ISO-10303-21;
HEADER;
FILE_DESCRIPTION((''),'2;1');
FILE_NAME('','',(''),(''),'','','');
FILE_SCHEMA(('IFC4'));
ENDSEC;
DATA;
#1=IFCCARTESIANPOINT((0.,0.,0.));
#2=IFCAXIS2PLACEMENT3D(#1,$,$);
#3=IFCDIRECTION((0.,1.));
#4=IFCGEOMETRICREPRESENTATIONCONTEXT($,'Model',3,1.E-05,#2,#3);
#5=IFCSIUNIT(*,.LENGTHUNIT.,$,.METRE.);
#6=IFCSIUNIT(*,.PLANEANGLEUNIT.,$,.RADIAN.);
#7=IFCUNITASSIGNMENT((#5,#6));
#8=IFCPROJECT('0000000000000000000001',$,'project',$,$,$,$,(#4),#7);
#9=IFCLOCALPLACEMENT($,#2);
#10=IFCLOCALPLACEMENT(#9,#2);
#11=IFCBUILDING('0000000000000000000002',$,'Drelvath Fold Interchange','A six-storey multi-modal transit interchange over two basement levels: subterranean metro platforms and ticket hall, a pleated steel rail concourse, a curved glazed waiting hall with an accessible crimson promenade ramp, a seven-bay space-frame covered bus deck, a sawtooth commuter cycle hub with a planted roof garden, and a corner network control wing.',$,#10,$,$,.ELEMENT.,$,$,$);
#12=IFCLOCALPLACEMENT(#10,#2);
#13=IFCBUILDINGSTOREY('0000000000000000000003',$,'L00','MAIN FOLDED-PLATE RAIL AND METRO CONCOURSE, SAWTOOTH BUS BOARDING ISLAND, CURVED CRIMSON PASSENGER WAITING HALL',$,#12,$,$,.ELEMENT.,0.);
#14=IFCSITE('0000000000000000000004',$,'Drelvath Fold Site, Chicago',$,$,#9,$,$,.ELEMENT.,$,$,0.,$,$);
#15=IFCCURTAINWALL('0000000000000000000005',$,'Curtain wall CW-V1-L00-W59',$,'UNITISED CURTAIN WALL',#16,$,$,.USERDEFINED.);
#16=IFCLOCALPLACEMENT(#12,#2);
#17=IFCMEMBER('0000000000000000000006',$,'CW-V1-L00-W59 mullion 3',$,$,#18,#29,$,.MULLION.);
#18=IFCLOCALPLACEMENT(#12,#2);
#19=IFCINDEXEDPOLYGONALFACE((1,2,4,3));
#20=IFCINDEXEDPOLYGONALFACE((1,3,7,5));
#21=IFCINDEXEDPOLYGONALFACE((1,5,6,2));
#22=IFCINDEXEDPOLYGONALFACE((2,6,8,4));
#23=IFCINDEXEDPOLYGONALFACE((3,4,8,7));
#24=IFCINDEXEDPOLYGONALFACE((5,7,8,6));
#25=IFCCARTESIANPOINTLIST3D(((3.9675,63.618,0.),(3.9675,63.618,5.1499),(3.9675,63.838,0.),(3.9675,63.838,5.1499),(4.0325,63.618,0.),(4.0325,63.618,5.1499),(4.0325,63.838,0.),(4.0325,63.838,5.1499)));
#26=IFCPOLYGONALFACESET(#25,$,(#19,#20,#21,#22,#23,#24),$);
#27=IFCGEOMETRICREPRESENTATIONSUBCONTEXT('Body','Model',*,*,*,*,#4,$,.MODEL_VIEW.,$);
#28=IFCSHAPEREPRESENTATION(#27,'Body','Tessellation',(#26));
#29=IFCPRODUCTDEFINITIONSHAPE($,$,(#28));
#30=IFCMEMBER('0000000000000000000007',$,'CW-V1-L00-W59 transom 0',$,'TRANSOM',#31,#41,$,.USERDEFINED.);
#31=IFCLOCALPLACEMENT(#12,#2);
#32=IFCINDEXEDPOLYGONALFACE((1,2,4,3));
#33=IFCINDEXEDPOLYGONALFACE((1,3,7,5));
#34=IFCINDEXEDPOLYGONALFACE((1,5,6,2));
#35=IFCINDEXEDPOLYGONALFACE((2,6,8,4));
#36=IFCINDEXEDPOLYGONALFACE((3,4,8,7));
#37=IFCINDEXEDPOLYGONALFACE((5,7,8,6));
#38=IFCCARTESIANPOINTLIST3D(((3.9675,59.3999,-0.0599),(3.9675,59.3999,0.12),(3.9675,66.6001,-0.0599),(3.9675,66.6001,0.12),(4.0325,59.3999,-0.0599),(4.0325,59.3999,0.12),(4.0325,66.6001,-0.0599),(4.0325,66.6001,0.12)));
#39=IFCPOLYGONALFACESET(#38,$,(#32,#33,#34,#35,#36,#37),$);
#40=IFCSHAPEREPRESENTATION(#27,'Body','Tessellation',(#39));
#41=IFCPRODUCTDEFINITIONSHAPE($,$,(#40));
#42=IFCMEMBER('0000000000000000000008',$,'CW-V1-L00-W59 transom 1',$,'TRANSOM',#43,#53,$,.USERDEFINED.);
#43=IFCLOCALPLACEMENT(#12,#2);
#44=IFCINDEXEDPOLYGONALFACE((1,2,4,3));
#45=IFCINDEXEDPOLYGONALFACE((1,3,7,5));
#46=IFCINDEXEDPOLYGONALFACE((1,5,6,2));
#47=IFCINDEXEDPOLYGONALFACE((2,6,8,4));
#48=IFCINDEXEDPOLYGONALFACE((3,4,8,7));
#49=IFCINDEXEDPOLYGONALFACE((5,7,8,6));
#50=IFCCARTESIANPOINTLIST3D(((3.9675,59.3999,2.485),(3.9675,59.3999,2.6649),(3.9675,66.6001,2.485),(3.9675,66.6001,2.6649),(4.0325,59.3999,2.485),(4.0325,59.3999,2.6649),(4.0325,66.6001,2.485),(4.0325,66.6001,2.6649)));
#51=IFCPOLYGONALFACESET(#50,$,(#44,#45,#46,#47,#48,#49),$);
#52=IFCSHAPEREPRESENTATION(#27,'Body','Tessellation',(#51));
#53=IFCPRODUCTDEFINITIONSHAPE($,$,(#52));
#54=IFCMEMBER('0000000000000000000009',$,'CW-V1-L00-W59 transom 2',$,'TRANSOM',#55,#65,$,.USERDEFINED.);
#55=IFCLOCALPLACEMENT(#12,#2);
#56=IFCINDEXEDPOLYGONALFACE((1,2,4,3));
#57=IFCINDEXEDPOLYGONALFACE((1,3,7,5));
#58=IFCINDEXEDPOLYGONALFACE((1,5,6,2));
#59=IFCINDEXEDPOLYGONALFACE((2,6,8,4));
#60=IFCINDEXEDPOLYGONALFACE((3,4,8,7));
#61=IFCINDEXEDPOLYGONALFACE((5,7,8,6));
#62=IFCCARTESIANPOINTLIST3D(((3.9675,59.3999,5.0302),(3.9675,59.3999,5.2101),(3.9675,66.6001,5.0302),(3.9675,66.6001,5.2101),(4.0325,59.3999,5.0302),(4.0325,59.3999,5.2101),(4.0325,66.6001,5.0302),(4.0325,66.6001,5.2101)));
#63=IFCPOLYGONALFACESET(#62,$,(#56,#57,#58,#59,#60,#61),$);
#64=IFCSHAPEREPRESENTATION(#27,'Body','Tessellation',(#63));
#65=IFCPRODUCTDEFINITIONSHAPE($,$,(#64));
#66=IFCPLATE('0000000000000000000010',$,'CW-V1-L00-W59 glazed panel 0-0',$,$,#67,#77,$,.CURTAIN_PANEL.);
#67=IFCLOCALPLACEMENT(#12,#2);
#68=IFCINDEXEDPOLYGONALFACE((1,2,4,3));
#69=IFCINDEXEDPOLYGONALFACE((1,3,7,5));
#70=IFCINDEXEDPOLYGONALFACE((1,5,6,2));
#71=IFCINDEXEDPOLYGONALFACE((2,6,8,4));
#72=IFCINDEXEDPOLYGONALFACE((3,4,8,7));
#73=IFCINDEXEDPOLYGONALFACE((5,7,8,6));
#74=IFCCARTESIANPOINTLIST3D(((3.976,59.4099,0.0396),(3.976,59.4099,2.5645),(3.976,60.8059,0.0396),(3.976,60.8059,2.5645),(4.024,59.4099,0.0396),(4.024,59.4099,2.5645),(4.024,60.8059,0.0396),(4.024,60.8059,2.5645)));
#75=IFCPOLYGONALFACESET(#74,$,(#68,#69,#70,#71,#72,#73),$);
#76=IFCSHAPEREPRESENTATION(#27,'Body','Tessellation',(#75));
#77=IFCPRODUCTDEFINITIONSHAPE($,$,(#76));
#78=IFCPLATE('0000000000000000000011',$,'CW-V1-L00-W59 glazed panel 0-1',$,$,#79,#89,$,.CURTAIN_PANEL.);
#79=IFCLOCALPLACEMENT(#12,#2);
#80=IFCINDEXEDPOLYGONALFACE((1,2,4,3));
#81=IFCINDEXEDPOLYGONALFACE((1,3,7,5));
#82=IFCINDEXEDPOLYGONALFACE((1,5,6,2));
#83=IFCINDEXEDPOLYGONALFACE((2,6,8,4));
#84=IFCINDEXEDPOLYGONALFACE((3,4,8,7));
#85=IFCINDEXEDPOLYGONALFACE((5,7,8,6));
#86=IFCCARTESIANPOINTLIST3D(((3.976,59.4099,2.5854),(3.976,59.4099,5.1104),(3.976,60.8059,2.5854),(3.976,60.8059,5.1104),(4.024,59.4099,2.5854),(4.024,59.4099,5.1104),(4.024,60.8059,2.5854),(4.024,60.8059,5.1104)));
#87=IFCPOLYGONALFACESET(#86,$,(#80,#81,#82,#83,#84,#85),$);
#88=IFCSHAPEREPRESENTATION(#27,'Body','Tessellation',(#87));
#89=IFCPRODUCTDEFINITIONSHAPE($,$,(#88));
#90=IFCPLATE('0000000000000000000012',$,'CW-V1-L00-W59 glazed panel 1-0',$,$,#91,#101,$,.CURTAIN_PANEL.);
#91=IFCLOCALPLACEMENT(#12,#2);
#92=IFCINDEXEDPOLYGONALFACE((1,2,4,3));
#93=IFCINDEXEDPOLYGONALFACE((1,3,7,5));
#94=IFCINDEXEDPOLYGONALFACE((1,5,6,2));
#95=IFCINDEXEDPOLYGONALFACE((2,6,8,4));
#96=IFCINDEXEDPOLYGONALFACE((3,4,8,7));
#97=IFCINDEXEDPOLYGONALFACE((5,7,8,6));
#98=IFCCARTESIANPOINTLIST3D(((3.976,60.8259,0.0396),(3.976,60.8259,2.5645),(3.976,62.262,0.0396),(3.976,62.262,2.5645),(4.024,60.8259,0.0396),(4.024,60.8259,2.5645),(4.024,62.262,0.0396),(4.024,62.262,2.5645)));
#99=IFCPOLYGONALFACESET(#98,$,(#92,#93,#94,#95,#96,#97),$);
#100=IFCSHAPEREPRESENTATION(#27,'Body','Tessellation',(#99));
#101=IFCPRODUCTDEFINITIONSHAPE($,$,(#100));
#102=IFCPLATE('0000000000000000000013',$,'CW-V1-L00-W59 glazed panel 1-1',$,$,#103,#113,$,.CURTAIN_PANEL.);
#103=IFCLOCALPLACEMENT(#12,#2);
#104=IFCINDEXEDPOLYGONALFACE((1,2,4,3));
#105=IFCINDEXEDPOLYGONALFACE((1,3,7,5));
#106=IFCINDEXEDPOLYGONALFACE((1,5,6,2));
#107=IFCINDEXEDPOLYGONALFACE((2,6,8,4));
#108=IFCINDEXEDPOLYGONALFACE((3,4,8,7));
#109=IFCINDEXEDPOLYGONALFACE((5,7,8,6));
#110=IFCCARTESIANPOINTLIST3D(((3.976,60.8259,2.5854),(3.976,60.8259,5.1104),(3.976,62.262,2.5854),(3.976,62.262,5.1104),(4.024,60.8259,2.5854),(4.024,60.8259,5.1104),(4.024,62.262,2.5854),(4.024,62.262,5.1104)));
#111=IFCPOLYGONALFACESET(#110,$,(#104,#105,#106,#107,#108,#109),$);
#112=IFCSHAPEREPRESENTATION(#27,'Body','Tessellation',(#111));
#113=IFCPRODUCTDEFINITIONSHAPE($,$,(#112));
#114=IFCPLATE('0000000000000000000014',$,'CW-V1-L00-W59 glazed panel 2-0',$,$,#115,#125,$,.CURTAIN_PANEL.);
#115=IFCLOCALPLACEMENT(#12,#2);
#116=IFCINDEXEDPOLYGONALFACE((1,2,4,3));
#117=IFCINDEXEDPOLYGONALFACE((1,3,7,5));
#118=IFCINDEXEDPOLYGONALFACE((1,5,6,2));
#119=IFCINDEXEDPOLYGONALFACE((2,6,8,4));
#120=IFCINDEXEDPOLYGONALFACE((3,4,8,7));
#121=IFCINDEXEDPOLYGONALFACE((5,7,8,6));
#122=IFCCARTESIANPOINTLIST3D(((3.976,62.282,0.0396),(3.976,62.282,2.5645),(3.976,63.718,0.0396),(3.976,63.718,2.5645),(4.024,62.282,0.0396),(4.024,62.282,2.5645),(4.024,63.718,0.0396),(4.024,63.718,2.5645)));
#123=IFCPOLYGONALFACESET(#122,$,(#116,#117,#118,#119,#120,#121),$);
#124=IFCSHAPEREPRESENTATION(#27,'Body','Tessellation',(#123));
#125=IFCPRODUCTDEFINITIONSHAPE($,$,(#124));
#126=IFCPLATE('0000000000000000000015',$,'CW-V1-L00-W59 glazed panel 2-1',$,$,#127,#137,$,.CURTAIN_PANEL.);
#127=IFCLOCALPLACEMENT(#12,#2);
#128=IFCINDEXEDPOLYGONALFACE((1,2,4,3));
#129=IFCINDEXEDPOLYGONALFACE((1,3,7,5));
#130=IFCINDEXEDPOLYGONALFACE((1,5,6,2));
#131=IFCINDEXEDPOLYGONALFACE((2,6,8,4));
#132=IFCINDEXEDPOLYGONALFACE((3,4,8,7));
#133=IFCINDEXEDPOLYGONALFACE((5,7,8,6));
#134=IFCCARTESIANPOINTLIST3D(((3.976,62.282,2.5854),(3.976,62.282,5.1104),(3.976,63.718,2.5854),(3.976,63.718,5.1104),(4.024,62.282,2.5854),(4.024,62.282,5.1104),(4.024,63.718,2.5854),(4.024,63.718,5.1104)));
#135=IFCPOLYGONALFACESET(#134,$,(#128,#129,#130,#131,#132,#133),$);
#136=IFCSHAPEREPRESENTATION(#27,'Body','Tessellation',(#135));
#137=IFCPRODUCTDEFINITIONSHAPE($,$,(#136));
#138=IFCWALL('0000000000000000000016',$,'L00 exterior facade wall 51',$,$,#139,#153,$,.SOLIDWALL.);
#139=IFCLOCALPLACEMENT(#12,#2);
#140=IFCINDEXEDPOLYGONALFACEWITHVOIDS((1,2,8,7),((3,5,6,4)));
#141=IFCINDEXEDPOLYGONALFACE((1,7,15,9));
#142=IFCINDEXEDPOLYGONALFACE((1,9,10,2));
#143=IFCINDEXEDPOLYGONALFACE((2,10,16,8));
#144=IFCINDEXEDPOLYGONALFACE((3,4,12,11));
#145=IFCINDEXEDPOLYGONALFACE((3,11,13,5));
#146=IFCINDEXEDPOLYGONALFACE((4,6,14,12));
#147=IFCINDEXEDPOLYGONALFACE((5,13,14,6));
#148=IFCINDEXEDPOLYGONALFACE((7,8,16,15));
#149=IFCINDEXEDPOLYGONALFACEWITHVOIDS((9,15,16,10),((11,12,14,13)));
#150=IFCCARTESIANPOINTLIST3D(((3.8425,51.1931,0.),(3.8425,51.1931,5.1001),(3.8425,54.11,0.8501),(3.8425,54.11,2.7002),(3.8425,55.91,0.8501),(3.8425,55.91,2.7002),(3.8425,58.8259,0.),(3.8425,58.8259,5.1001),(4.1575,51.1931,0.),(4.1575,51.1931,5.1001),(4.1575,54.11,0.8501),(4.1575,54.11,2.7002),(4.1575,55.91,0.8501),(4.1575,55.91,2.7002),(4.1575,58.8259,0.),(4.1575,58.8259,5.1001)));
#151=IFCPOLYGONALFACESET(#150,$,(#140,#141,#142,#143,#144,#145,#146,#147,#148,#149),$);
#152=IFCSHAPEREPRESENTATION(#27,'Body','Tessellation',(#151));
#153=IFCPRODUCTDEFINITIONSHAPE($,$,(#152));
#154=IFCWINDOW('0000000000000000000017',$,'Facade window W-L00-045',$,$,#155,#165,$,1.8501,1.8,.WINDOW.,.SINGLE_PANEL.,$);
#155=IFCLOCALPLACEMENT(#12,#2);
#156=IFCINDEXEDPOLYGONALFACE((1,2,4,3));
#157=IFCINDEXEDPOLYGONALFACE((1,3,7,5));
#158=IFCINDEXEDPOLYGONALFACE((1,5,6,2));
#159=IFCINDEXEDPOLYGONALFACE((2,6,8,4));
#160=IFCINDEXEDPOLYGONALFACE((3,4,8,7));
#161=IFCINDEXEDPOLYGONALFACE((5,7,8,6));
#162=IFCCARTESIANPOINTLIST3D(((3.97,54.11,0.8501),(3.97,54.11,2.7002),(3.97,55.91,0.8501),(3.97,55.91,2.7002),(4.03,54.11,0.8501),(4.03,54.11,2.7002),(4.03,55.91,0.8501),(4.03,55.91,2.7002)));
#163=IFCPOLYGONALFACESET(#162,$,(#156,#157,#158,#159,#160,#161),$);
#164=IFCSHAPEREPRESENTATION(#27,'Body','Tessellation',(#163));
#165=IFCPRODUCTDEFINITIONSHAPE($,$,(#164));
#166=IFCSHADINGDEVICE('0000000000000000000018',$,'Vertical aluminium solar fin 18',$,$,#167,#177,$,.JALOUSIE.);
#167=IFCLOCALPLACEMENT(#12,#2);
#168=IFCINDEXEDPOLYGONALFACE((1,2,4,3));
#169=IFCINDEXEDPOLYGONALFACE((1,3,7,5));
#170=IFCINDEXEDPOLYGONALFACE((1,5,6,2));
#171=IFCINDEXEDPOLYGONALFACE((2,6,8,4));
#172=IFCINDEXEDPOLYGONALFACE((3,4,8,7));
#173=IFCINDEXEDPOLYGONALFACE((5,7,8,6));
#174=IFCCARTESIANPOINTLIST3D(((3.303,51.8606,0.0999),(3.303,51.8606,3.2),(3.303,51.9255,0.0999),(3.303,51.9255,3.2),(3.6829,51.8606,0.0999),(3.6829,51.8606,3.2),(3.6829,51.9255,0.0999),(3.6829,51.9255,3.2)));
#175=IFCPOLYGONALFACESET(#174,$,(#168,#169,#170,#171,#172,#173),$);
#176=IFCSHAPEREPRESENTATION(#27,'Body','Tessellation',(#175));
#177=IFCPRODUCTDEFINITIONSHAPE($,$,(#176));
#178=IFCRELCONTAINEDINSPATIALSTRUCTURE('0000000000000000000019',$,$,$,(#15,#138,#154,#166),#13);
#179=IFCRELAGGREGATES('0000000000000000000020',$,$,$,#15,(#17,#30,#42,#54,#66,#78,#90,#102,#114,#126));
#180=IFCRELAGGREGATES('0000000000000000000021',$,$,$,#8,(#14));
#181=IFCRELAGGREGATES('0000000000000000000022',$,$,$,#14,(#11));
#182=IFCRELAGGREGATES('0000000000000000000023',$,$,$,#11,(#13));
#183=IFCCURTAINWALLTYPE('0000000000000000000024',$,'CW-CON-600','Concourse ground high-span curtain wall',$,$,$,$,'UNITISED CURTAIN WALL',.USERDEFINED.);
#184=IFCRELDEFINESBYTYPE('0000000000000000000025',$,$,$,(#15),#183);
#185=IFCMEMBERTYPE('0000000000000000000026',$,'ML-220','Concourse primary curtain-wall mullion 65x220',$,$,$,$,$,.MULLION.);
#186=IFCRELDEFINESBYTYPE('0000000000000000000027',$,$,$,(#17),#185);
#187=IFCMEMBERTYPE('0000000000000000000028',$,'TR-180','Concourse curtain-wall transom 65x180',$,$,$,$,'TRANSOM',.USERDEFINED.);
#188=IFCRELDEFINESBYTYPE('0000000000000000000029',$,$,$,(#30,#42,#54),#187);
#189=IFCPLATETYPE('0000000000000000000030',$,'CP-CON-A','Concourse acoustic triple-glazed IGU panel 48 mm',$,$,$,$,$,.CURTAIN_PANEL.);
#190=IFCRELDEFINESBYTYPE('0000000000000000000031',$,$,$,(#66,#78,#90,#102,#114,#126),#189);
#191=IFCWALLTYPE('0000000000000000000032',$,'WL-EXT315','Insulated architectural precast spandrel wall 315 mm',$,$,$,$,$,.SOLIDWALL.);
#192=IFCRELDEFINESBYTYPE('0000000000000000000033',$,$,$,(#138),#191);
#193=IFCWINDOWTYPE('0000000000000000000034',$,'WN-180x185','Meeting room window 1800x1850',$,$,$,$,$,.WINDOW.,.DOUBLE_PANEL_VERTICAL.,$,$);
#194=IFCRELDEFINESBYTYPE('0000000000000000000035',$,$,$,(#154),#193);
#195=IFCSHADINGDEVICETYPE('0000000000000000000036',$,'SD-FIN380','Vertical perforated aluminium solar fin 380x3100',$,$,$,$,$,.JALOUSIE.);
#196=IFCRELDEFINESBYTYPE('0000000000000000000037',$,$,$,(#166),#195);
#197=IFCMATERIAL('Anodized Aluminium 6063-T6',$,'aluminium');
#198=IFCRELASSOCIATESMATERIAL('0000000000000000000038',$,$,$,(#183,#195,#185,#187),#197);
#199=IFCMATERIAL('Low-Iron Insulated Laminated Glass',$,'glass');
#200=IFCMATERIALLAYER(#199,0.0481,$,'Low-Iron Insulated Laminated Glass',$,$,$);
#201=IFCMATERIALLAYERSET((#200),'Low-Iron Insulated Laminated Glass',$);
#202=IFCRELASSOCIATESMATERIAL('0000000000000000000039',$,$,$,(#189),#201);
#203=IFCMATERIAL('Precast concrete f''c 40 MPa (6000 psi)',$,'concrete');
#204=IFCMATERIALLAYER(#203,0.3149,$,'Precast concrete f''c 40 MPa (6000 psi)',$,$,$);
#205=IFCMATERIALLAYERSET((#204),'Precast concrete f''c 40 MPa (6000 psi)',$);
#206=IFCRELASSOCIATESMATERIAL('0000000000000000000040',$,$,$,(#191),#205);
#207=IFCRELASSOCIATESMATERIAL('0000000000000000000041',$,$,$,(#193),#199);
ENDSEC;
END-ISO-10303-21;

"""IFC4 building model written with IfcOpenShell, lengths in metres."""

from ifc_helpers import new_model, si_unit, direction, frame, frame_2d, origin, origin_2d, place, context, subcontext, project, spatial, rectangle, extrude, material, layer, layer_set, material_profile, profile_set, type_object, element, fill, aggregate, save


model = new_model("IFC4")

# Units and contexts
model_context = context("Model", 3, precision=1e-05, world=origin(), true_north=direction((0.0, 1.0)))
body_context = subcontext(model_context, "Body", "Model", "MODEL_VIEW")
ifc_project = project(units=[si_unit("LENGTHUNIT", "METRE"), si_unit("PLANEANGLEUNIT", "RADIAN")], contexts=[model_context])

# Site, building, storey
site_placement = place(None, origin())
site = spatial("IfcSite", under=ifc_project, at=site_placement, Name="Drelvath Fold Site, Chicago", CompositionType="ELEMENT", RefElevation=0.0)
building_placement = place(site_placement, origin())
building = spatial("IfcBuilding", under=site, at=building_placement, Name="Drelvath Fold Interchange", Description="A six-storey multi-modal transit interchange over two basement levels: subterranean metro platforms and ticket hall, a pleated steel rail concourse, a curved glazed waiting hall with an accessible crimson promenade ramp, a seven-bay space-frame covered bus deck, a sawtooth commuter cycle hub with a planted roof garden, and a corner network control wing.", CompositionType="ELEMENT")
storey_placement = place(building_placement, origin())
storey = spatial("IfcBuildingStorey", under=building, at=storey_placement, Name="L00", Description="MAIN FOLDED-PLATE RAIL AND METRO CONCOURSE, SAWTOOTH BUS BOARDING ISLAND, CURVED CRIMSON PASSENGER WAITING HALL", CompositionType="ELEMENT", Elevation=0.0)

# Curtain wall, members, plates
ifc_material_1 = material(Name="Anodized Aluminium 6063-T6", Category="aluminium")
curtain_wall_type = type_object("IfcCurtainWallType", Name="CW-CON-600", Description="Concourse ground high-span curtain wall", ElementType="UNITISED CURTAIN WALL", PredefinedType="USERDEFINED", material=ifc_material_1)
curtain_wall_placement = place(storey_placement, origin())
curtain_wall = element("IfcCurtainWall", 1, at=curtain_wall_placement, inside=storey, type_object=curtain_wall_type, Name="Curtain wall CW-V1-L00-W59", ObjectType="UNITISED CURTAIN WALL", PredefinedType="USERDEFINED")
ifc_material_profile_1 = material_profile(ifc_material_1, rectangle(XDim=0.0649, YDim=0.22, at=origin_2d()), Name="AL-M 65x220")
ifc_profile_set_1 = profile_set([ifc_material_profile_1], Name="Anodized Aluminium 6063-T6")
member_type_1 = type_object("IfcMemberType", Name="ML-220", Description="Concourse primary curtain-wall mullion 65x220", PredefinedType="MULLION", material=ifc_profile_set_1)
member_1_placement = place(storey_placement, frame((4.0, 63.728, 0.0), z_axis=(0.0, 0.0, 1.0), x_axis=(1.0, 0.0, 0.0)))
member_1 = element("IfcMember", 2, at=member_1_placement, type_object=member_type_1, Name="CW-V1-L00-W59 mullion 3", PredefinedType="MULLION", context=body_context, shape_type="SweptSolid", body=[
    extrude(rectangle(XDim=0.0649, YDim=0.22, at=origin_2d()), origin(), (0.0, 0.0, 1.0), 5.1499),
])
ifc_material_profile_2 = material_profile(ifc_material_1, rectangle(XDim=0.0649, YDim=0.1799, at=origin_2d()), Name="AL-T 65x180")
ifc_profile_set_2 = profile_set([ifc_material_profile_2], Name="Anodized Aluminium 6063-T6")
member_type_2 = type_object("IfcMemberType", Name="TR-180", Description="Concourse curtain-wall transom 65x180", ElementType="TRANSOM", PredefinedType="USERDEFINED", material=ifc_profile_set_2)
member_2_placement = place(storey_placement, frame((4.0, 59.3999, 0.03), z_axis=(0.0, 1.0, 0.0), x_axis=(-1.0, 0.0, 0.0)))
member_2 = element("IfcMember", 3, at=member_2_placement, type_object=member_type_2, Name="CW-V1-L00-W59 transom 0", ObjectType="TRANSOM", PredefinedType="USERDEFINED", context=body_context, shape_type="SweptSolid", body=[
    extrude(rectangle(XDim=0.0649, YDim=0.1799, at=origin_2d()), origin(), (0.0, 0.0, 1.0), 7.2002),
])
member_3_placement = place(storey_placement, frame((4.0, 59.3999, 2.575), z_axis=(0.0, 1.0, 0.0), x_axis=(-1.0, 0.0, 0.0)))
member_3 = element("IfcMember", 4, at=member_3_placement, type_object=member_type_2, Name="CW-V1-L00-W59 transom 1", ObjectType="TRANSOM", PredefinedType="USERDEFINED", context=body_context, shape_type="SweptSolid", body=[
    extrude(rectangle(XDim=0.0649, YDim=0.1799, at=origin_2d()), origin(), (0.0, 0.0, 1.0), 7.2002),
])
member_4_placement = place(storey_placement, frame((4.0, 59.3999, 5.1201), z_axis=(0.0, 1.0, 0.0), x_axis=(-1.0, 0.0, 0.0)))
member_4 = element("IfcMember", 5, at=member_4_placement, type_object=member_type_2, Name="CW-V1-L00-W59 transom 2", ObjectType="TRANSOM", PredefinedType="USERDEFINED", context=body_context, shape_type="SweptSolid", body=[
    extrude(rectangle(XDim=0.0649, YDim=0.1799, at=origin_2d()), origin(), (0.0, 0.0, 1.0), 7.2002),
])
ifc_material_2 = material(Name="Low-Iron Insulated Laminated Glass", Category="glass")
ifc_layer_1 = layer(ifc_material_2, 0.0481, Name="Low-Iron Insulated Laminated Glass")
ifc_layer_set_1 = layer_set([ifc_layer_1], Name="Low-Iron Insulated Laminated Glass")
plate_type = type_object("IfcPlateType", Name="CP-CON-A", Description="Concourse acoustic triple-glazed IGU panel 48 mm", PredefinedType="CURTAIN_PANEL", material=ifc_layer_set_1)
plate_1_placement = place(storey_placement, frame((4.0, 60.1079, 0.0396), z_axis=(0.0, 0.0, 1.0), x_axis=(0.0, 1.0, 0.0)))
plate_1 = element("IfcPlate", 6, at=plate_1_placement, type_object=plate_type, Name="CW-V1-L00-W59 glazed panel 0-0", PredefinedType="CURTAIN_PANEL", context=body_context, shape_type="SweptSolid", body=[
    extrude(rectangle(XDim=1.396, YDim=0.0481, at=origin_2d()), origin(), (0.0, 0.0, 1.0), 2.5249),
])
plate_2_placement = place(storey_placement, frame((4.0, 60.1079, 2.5854), z_axis=(0.0, 0.0, 1.0), x_axis=(0.0, 1.0, 0.0)))
plate_2 = element("IfcPlate", 7, at=plate_2_placement, type_object=plate_type, Name="CW-V1-L00-W59 glazed panel 0-1", PredefinedType="CURTAIN_PANEL", context=body_context, shape_type="SweptSolid", body=[
    extrude(rectangle(XDim=1.396, YDim=0.0481, at=origin_2d()), origin(), (0.0, 0.0, 1.0), 2.5249),
])
plate_3_placement = place(storey_placement, frame((4.0, 61.5439, 0.0396), z_axis=(0.0, 0.0, 1.0), x_axis=(0.0, 1.0, 0.0)))
plate_3 = element("IfcPlate", 8, at=plate_3_placement, type_object=plate_type, Name="CW-V1-L00-W59 glazed panel 1-0", PredefinedType="CURTAIN_PANEL", context=body_context, shape_type="SweptSolid", body=[
    extrude(rectangle(XDim=1.436, YDim=0.0481, at=origin_2d()), origin(), (0.0, 0.0, 1.0), 2.5249),
])
plate_4_placement = place(storey_placement, frame((4.0, 61.5439, 2.5854), z_axis=(0.0, 0.0, 1.0), x_axis=(0.0, 1.0, 0.0)))
plate_4 = element("IfcPlate", 9, at=plate_4_placement, type_object=plate_type, Name="CW-V1-L00-W59 glazed panel 1-1", PredefinedType="CURTAIN_PANEL", context=body_context, shape_type="SweptSolid", body=[
    extrude(rectangle(XDim=1.436, YDim=0.0481, at=origin_2d()), origin(), (0.0, 0.0, 1.0), 2.5249),
])
plate_5_placement = place(storey_placement, frame((4.0, 63.0, 0.0396), z_axis=(0.0, 0.0, 1.0), x_axis=(0.0, 1.0, 0.0)))
plate_5 = element("IfcPlate", 10, at=plate_5_placement, type_object=plate_type, Name="CW-V1-L00-W59 glazed panel 2-0", PredefinedType="CURTAIN_PANEL", context=body_context, shape_type="SweptSolid", body=[
    extrude(rectangle(XDim=1.436, YDim=0.0481, at=origin_2d()), origin(), (0.0, 0.0, 1.0), 2.5249),
])
plate_6_placement = place(storey_placement, frame((4.0, 63.0, 2.5854), z_axis=(0.0, 0.0, 1.0), x_axis=(0.0, 1.0, 0.0)))
plate_6 = element("IfcPlate", 11, at=plate_6_placement, type_object=plate_type, Name="CW-V1-L00-W59 glazed panel 2-1", PredefinedType="CURTAIN_PANEL", context=body_context, shape_type="SweptSolid", body=[
    extrude(rectangle(XDim=1.436, YDim=0.0481, at=origin_2d()), origin(), (0.0, 0.0, 1.0), 2.5249),
])
aggregate(curtain_wall, [member_1, member_2, member_3, member_4, plate_1, plate_2, plate_3, plate_4, plate_5, plate_6])

# Wall, opening, window
ifc_material_3 = material(Name="Precast concrete f'c 40 MPa (6000 psi)", Category="concrete")
ifc_layer_2 = layer(ifc_material_3, 0.3149, Name="Precast concrete f'c 40 MPa (6000 psi)")
ifc_layer_set_2 = layer_set([ifc_layer_2], Name="Precast concrete f'c 40 MPa (6000 psi)")
wall_type = type_object("IfcWallType", Name="WL-EXT315", Description="Insulated architectural precast spandrel wall 315 mm", PredefinedType="SOLIDWALL", material=ifc_layer_set_2)
wall_placement = place(storey_placement, frame((4.0, 51.1931, 0.0), z_axis=(0.0, 0.0, 1.0), x_axis=(0.0, 1.0, 0.0)))
wall = element("IfcWall", 12, at=wall_placement, inside=storey, type_object=wall_type, Name="L00 exterior facade wall 51", PredefinedType="SOLIDWALL", context=body_context, shape_type="SweptSolid", body=[
    extrude(rectangle(XDim=7.6328, YDim=0.3149, at=frame_2d((3.8164, 0.0))), origin(), (0.0, 0.0, 1.0), 5.1001),
])
opening_placement = place(wall_placement, frame((2.917, 0.0, 0.8501)))
opening = element("IfcOpeningElement", 13, at=opening_placement, cuts=wall, PredefinedType="OPENING", context=body_context, shape_type="SweptSolid", body=[
    extrude(rectangle(XDim=1.8, YDim=1.8501, at=frame_2d((0.8999, 0.925))), frame((0.0, 0.1675, 0.0), z_axis=(0.0, -1.0, 0.0), x_axis=(1.0, 0.0, 0.0)), (0.0, 0.0, 1.0), 0.335),
])
window_type = type_object("IfcWindowType", Name="WN-180x185", Description="Meeting room window 1800x1850", PartitioningType="DOUBLE_PANEL_VERTICAL", PredefinedType="WINDOW", material=ifc_material_2)
window_placement = place(opening_placement, origin())
window = element("IfcWindow", 14, at=window_placement, inside=storey, type_object=window_type, Name="Facade window W-L00-045", OverallHeight=1.8501, OverallWidth=1.8, PartitioningType="SINGLE_PANEL", PredefinedType="WINDOW", context=body_context, shape_type="SweptSolid", body=[
    extrude(rectangle(XDim=1.8, YDim=1.8501, at=frame_2d((0.8999, 0.925))), frame((0.0, 0.03, 0.0), z_axis=(0.0, -1.0, 0.0), x_axis=(1.0, 0.0, 0.0)), (0.0, 0.0, 1.0), 0.0601),
])
fill(opening, window)

# Shading device
shading_device_type = type_object("IfcShadingDeviceType", Name="SD-FIN380", Description="Vertical perforated aluminium solar fin 380x3100", PredefinedType="JALOUSIE", material=ifc_material_1)
shading_device_placement = place(storey_placement, frame((3.4929, 51.8931, 0.0999), z_axis=(0.0, 0.0, 1.0), x_axis=(1.0, 0.0, 0.0)))
element("IfcShadingDevice", 15, at=shading_device_placement, inside=storey, type_object=shading_device_type, Name="Vertical aluminium solar fin 18", PredefinedType="JALOUSIE", context=body_context, shape_type="SweptSolid", body=[
    extrude(rectangle(XDim=0.3799, YDim=0.0649, at=origin_2d()), origin(), (0.0, 0.0, 1.0), 3.1001),
])

save(model, "model.ifc")
